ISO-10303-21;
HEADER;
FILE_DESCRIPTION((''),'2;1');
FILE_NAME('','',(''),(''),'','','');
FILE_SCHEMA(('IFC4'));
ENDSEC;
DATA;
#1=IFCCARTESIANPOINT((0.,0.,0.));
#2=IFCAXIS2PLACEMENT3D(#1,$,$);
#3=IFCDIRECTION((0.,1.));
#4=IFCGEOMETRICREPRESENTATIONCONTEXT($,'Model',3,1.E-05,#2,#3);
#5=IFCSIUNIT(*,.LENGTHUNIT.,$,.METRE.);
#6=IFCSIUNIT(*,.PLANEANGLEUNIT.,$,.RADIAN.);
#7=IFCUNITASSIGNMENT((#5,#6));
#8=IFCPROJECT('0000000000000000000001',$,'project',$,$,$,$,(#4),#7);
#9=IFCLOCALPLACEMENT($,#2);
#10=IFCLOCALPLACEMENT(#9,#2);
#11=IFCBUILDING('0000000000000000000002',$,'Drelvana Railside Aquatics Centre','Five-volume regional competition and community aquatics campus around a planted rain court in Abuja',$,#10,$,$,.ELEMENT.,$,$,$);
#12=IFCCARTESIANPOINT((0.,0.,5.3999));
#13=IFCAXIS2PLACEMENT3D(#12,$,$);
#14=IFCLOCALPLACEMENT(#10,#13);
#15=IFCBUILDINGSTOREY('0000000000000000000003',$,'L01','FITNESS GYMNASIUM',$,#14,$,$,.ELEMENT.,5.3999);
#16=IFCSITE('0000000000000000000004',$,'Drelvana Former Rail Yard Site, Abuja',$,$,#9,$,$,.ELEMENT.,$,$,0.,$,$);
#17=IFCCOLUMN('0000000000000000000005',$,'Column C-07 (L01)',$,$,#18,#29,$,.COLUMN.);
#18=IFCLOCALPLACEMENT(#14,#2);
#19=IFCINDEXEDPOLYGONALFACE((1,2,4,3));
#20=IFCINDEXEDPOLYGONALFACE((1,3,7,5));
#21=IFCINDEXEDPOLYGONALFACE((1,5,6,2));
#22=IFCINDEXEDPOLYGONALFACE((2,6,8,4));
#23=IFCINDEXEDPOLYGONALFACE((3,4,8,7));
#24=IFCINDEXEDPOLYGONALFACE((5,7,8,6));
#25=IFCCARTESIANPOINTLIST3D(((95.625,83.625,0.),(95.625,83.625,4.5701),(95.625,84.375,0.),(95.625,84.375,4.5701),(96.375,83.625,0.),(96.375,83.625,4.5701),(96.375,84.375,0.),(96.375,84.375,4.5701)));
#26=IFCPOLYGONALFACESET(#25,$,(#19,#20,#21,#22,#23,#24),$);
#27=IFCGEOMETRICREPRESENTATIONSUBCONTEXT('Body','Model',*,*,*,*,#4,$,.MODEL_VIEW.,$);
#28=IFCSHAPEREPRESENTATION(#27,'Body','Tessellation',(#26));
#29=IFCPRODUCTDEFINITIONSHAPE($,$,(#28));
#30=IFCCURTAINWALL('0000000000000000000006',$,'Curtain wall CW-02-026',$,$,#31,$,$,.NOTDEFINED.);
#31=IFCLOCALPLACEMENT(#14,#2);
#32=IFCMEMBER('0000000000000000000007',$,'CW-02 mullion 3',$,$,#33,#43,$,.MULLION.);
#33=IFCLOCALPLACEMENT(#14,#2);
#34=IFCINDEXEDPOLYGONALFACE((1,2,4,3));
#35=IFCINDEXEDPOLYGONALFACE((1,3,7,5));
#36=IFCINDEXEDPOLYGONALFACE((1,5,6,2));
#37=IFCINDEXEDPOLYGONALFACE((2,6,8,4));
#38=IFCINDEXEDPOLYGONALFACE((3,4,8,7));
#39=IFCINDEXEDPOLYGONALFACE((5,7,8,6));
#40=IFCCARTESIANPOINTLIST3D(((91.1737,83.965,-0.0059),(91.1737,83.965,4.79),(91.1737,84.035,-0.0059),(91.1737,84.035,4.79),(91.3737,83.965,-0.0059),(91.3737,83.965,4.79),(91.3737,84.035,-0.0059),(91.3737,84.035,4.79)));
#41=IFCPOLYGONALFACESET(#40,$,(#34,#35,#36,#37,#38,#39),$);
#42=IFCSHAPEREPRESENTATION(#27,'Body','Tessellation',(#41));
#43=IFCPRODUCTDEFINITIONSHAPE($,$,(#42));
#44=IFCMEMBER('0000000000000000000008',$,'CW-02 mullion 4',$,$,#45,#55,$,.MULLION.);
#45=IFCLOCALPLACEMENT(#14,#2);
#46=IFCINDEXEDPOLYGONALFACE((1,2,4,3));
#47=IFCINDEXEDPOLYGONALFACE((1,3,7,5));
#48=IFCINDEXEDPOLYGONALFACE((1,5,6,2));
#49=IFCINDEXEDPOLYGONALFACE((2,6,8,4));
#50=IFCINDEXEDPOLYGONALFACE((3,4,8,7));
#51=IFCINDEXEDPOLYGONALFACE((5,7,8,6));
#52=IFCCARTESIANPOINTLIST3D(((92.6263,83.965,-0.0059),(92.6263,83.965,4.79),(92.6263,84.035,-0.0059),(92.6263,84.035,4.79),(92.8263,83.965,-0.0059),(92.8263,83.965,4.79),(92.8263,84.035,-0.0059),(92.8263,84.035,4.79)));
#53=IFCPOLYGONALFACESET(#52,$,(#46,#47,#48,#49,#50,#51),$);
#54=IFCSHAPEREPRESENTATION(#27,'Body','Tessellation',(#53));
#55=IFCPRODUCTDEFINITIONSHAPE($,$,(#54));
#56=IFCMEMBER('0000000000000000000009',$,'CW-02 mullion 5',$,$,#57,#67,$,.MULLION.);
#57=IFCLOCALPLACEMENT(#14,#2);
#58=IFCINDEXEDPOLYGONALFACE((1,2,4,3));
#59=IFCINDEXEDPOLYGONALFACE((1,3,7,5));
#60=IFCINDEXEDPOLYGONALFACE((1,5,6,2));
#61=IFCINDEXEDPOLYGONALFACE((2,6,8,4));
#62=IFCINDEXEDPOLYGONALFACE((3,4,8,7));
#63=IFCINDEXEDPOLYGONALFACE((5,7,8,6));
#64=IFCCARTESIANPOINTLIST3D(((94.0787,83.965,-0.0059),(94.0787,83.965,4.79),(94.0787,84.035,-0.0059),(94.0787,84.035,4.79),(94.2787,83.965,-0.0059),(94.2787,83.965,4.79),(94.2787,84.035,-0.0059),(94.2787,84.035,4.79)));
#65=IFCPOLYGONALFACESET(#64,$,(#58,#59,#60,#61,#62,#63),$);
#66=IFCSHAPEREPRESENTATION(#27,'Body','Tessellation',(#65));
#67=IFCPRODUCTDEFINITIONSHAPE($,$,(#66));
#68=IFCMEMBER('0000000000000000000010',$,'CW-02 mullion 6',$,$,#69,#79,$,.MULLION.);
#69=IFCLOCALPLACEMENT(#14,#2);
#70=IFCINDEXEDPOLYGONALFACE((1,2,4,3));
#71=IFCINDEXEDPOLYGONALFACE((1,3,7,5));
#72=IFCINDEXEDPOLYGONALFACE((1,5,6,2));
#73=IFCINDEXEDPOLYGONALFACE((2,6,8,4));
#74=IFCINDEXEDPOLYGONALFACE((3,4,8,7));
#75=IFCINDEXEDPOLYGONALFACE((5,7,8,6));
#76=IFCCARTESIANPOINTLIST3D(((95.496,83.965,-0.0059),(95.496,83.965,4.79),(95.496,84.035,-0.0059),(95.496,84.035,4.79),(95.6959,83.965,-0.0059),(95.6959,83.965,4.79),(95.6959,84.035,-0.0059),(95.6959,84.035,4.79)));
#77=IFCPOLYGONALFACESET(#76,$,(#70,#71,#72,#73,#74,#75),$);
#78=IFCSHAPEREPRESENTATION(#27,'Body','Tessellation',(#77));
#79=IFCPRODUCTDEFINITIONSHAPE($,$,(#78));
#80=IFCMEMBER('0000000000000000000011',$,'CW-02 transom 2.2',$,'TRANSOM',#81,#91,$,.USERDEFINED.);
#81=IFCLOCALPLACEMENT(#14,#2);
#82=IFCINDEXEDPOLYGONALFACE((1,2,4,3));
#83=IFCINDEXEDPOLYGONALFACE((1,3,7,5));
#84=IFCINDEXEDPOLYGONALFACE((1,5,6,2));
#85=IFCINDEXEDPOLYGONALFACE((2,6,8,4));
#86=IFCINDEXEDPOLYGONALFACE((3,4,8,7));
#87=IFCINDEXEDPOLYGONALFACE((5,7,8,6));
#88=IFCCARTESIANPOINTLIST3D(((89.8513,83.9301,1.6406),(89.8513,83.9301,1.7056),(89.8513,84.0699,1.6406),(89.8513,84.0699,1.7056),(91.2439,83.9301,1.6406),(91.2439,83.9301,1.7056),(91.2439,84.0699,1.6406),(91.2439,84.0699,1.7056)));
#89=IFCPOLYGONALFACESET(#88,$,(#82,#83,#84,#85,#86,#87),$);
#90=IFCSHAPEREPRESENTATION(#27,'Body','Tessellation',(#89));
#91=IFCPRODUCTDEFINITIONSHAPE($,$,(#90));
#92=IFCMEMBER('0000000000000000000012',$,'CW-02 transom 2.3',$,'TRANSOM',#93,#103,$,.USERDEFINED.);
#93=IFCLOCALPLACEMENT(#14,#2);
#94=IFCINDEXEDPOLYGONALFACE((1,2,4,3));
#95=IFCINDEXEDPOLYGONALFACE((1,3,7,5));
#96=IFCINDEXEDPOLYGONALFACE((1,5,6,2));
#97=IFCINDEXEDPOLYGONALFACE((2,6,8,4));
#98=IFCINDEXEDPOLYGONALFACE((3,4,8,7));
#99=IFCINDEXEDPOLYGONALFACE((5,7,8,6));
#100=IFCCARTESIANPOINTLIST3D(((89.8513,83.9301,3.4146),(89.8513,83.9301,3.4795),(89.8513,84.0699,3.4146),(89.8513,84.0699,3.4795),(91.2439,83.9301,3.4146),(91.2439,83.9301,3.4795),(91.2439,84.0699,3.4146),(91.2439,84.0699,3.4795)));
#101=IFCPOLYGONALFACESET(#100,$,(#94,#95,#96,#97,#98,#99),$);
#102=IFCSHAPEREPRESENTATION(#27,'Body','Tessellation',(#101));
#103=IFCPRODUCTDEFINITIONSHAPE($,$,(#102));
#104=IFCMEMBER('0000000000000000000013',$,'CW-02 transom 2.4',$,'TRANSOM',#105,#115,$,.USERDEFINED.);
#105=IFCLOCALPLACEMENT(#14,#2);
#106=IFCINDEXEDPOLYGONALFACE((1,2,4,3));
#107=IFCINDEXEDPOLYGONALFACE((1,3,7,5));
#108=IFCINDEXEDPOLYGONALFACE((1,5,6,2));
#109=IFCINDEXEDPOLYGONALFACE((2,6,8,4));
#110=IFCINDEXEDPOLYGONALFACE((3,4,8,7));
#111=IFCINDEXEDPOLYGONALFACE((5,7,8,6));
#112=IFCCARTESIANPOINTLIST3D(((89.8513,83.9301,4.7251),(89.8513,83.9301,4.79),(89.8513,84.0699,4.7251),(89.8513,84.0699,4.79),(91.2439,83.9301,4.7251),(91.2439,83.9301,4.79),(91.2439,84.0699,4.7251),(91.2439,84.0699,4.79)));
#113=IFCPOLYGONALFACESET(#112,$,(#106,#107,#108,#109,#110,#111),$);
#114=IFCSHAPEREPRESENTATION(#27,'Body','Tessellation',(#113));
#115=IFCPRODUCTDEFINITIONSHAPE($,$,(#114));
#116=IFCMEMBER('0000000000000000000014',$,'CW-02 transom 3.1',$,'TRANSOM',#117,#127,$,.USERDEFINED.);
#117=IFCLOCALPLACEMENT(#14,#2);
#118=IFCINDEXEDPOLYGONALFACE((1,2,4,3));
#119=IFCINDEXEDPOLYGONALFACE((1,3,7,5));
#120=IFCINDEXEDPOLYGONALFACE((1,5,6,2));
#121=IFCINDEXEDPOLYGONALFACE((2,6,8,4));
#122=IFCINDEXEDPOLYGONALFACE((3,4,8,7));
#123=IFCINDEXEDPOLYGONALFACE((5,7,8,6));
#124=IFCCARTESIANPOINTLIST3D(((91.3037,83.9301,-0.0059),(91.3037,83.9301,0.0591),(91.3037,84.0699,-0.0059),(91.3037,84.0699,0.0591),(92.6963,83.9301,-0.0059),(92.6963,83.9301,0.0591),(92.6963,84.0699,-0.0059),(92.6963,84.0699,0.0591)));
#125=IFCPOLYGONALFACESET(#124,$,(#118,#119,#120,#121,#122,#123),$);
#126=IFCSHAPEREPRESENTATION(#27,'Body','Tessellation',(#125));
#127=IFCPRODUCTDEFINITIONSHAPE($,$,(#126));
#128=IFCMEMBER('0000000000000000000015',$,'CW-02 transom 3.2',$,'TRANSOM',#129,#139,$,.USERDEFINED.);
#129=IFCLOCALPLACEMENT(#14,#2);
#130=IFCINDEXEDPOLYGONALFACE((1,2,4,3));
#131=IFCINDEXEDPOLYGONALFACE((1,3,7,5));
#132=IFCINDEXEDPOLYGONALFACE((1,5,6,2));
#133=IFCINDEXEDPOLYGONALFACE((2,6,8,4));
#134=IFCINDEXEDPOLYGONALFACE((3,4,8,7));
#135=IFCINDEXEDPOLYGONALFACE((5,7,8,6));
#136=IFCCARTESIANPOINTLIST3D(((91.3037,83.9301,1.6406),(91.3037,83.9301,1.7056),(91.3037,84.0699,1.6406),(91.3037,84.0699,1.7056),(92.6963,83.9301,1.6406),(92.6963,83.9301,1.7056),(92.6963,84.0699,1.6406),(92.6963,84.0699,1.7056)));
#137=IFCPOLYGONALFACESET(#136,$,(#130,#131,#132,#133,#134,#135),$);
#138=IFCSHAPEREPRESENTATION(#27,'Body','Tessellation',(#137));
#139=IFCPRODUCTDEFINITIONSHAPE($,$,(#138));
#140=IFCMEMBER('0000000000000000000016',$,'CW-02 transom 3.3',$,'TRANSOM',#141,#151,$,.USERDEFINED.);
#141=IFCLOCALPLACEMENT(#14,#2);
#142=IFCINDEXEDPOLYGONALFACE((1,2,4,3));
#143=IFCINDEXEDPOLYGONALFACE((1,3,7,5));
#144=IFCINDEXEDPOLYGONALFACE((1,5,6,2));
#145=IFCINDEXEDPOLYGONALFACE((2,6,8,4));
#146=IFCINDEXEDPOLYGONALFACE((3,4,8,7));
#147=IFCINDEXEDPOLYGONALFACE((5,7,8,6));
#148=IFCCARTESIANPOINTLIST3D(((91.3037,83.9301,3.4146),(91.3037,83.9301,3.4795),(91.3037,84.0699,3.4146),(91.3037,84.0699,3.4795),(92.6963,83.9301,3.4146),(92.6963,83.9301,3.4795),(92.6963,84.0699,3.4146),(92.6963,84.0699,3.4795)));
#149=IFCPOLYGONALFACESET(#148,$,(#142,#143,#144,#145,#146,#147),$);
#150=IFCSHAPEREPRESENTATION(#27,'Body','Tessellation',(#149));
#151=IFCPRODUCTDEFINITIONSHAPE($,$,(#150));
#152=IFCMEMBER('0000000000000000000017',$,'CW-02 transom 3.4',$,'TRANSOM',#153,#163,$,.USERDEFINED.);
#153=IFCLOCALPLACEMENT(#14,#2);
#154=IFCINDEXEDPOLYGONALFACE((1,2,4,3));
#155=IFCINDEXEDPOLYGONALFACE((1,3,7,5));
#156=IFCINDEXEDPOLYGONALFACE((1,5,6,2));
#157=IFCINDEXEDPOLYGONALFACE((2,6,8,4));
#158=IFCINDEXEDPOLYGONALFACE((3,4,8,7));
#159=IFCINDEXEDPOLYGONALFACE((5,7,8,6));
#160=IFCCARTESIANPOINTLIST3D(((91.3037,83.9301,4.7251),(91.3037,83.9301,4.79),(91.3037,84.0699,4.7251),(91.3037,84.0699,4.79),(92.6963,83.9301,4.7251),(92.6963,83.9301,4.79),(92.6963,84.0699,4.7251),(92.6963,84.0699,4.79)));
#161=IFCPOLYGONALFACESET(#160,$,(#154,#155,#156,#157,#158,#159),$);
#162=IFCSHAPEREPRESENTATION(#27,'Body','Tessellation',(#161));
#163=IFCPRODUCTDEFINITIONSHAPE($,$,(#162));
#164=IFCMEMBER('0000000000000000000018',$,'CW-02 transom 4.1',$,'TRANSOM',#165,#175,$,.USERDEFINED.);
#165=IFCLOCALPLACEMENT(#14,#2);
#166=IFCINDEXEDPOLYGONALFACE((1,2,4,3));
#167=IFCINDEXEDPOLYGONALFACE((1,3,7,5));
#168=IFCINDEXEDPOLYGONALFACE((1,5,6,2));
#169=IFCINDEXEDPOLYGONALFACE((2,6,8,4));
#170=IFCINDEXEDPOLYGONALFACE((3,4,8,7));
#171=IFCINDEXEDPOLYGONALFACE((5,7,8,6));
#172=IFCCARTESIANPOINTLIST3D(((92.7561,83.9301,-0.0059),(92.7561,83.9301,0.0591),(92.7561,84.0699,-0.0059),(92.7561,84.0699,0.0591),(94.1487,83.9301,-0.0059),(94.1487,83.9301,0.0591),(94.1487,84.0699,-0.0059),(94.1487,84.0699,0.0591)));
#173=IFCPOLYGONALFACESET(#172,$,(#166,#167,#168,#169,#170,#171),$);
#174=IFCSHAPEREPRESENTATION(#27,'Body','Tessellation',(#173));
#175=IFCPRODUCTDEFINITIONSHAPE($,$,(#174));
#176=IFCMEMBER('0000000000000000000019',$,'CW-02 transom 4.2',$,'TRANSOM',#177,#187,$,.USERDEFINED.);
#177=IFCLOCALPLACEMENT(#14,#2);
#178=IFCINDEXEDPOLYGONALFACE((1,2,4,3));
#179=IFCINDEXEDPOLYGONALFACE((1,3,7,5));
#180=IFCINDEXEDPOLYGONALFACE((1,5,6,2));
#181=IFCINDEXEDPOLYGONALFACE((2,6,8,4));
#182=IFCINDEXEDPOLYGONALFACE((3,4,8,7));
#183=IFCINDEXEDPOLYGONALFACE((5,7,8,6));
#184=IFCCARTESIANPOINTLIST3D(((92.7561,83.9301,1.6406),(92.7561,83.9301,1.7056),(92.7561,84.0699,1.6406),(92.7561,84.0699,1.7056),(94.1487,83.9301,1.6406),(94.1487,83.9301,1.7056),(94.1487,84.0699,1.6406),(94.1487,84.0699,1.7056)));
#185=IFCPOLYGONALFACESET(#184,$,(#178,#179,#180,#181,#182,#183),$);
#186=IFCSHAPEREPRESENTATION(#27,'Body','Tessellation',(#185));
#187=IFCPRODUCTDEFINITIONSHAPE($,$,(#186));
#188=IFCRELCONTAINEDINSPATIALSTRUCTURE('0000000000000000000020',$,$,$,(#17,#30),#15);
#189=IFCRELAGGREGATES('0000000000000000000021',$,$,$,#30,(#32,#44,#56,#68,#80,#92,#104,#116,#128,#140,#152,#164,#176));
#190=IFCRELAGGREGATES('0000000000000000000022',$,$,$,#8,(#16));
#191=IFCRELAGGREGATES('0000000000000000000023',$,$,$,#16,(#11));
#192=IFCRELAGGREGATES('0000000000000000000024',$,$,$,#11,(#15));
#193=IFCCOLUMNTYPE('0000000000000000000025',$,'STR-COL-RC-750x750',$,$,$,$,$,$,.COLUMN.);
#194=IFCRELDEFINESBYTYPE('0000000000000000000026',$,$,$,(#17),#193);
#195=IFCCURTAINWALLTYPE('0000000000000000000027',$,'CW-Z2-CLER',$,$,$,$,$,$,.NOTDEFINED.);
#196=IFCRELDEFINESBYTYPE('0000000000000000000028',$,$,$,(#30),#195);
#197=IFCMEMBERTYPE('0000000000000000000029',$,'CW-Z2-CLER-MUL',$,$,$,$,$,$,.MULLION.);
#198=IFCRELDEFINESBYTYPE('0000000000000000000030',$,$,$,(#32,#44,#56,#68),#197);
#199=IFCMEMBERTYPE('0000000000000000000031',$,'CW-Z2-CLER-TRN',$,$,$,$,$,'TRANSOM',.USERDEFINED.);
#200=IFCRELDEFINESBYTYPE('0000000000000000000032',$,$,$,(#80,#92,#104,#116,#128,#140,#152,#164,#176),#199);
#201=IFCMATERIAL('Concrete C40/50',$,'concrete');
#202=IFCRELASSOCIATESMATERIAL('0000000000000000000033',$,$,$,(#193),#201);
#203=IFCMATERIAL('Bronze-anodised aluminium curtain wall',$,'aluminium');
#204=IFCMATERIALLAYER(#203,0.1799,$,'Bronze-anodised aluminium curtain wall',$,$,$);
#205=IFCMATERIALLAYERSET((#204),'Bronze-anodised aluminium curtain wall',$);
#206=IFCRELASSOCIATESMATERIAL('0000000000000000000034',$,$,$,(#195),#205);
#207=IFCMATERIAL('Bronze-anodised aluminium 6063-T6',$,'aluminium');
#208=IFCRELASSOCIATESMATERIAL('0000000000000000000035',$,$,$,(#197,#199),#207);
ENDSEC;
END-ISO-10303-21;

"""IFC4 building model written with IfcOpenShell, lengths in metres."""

from ifc_helpers import new_model, si_unit, direction, frame, origin, origin_2d, place, context, subcontext, project, spatial, rectangle, extrude, material, layer, layer_set, material_profile, profile_set, type_object, element, aggregate, save


model = new_model("IFC4")

# Units and contexts
model_context = context("Model", 3, precision=1e-05, world=origin(), true_north=direction((0.0, 1.0)))
body_context = subcontext(model_context, "Body", "Model", "MODEL_VIEW")
ifc_project = project(units=[si_unit("LENGTHUNIT", "METRE"), si_unit("PLANEANGLEUNIT", "RADIAN")], contexts=[model_context])

# Site, building, storey
site_placement = place(None, origin())
site = spatial("IfcSite", under=ifc_project, at=site_placement, Name="Drelvana Former Rail Yard Site, Abuja", CompositionType="ELEMENT", RefElevation=0.0)
building_placement = place(site_placement, origin())
building = spatial("IfcBuilding", under=site, at=building_placement, Name="Drelvana Railside Aquatics Centre", Description="Five-volume regional competition and community aquatics campus around a planted rain court in Abuja", CompositionType="ELEMENT")
storey_placement = place(building_placement, frame((0.0, 0.0, 5.3999)))
storey = spatial("IfcBuildingStorey", under=building, at=storey_placement, Name="L01", Description="FITNESS GYMNASIUM", CompositionType="ELEMENT", Elevation=5.3999)

# Column
ifc_material_1 = material(Name="Concrete C40/50", Category="concrete")
ifc_material_profile_1 = material_profile(ifc_material_1, rectangle(XDim=0.75, YDim=0.75, at=origin_2d()), Name="RC 750x750")
ifc_profile_set_1 = profile_set([ifc_material_profile_1], Name="Concrete C40/50")
column_type = type_object("IfcColumnType", Name="STR-COL-RC-750x750", PredefinedType="COLUMN", material=ifc_profile_set_1)
column_placement = place(storey_placement, frame((96.0, 84.0, 0.0), z_axis=(0.0, 0.0, 1.0), x_axis=(1.0, 0.0, 0.0)))
element("IfcColumn", 1, at=column_placement, inside=storey, type_object=column_type, Name="Column C-07 (L01)", PredefinedType="COLUMN", context=body_context, shape_type="SweptSolid", body=[
    extrude(rectangle(XDim=0.75, YDim=0.75, at=origin_2d()), origin(), (0.0, 0.0, 1.0), 4.5701),
])

# Curtain wall, members
ifc_material_2 = material(Name="Bronze-anodised aluminium curtain wall", Category="aluminium")
ifc_layer_1 = layer(ifc_material_2, 0.1799, Name="Bronze-anodised aluminium curtain wall")
ifc_layer_set_1 = layer_set([ifc_layer_1], Name="Bronze-anodised aluminium curtain wall")
curtain_wall_type = type_object("IfcCurtainWallType", Name="CW-Z2-CLER", PredefinedType="NOTDEFINED", material=ifc_layer_set_1)
curtain_wall_placement = place(storey_placement, origin())
curtain_wall = element("IfcCurtainWall", 2, at=curtain_wall_placement, inside=storey, type_object=curtain_wall_type, Name="Curtain wall CW-02-026", PredefinedType="NOTDEFINED")
ifc_material_3 = material(Name="Bronze-anodised aluminium 6063-T6", Category="aluminium")
ifc_material_profile_2 = material_profile(ifc_material_3, rectangle(XDim=0.0701, YDim=0.2, at=origin_2d()), Name="ALU-M 70x200")
ifc_profile_set_2 = profile_set([ifc_material_profile_2], Name="Bronze-anodised aluminium 6063-T6")
member_type_1 = type_object("IfcMemberType", Name="CW-Z2-CLER-MUL", PredefinedType="MULLION", material=ifc_profile_set_2)
member_1_placement = place(storey_placement, frame((91.2737, 84.0, -0.0059), z_axis=(0.0, 0.0, 1.0), x_axis=(0.0, 1.0, 0.0)))
member_1 = element("IfcMember", 3, at=member_1_placement, type_object=member_type_1, Name="CW-02 mullion 3", PredefinedType="MULLION", context=body_context, shape_type="SweptSolid", body=[
    extrude(rectangle(XDim=0.0701, YDim=0.2, at=origin_2d()), origin(), (0.0, 0.0, 1.0), 4.7959),
])
member_2_placement = place(storey_placement, frame((92.7263, 84.0, -0.0059), z_axis=(0.0, 0.0, 1.0), x_axis=(0.0, 1.0, 0.0)))
member_2 = element("IfcMember", 4, at=member_2_placement, type_object=member_type_1, Name="CW-02 mullion 4", PredefinedType="MULLION", context=body_context, shape_type="SweptSolid", body=[
    extrude(rectangle(XDim=0.0701, YDim=0.2, at=origin_2d()), origin(), (0.0, 0.0, 1.0), 4.7959),
])
member_3_placement = place(storey_placement, frame((94.1787, 84.0, -0.0059), z_axis=(0.0, 0.0, 1.0), x_axis=(0.0, 1.0, 0.0)))
member_3 = element("IfcMember", 5, at=member_3_placement, type_object=member_type_1, Name="CW-02 mullion 5", PredefinedType="MULLION", context=body_context, shape_type="SweptSolid", body=[
    extrude(rectangle(XDim=0.0701, YDim=0.2, at=origin_2d()), origin(), (0.0, 0.0, 1.0), 4.7959),
])
member_4_placement = place(storey_placement, frame((95.5959, 84.0, -0.0059), z_axis=(0.0, 0.0, 1.0), x_axis=(0.0, 1.0, 0.0)))
member_4 = element("IfcMember", 6, at=member_4_placement, type_object=member_type_1, Name="CW-02 mullion 6", PredefinedType="MULLION", context=body_context, shape_type="SweptSolid", body=[
    extrude(rectangle(XDim=0.0701, YDim=0.2, at=origin_2d()), origin(), (0.0, 0.0, 1.0), 4.7959),
])
ifc_material_profile_3 = material_profile(ifc_material_3, rectangle(XDim=0.1399, YDim=0.0649, at=origin_2d()), Name="ALU-T 65x140")
ifc_profile_set_3 = profile_set([ifc_material_profile_3], Name="Bronze-anodised aluminium 6063-T6")
member_type_2 = type_object("IfcMemberType", Name="CW-Z2-CLER-TRN", ElementType="TRANSOM", PredefinedType="USERDEFINED", material=ifc_profile_set_3)
member_5_placement = place(storey_placement, frame((89.8513, 84.0, 1.6731), z_axis=(1.0, 0.0, 0.0), x_axis=(0.0, 1.0, 0.0)))
member_5 = element("IfcMember", 7, at=member_5_placement, type_object=member_type_2, Name="CW-02 transom 2.2", ObjectType="TRANSOM", PredefinedType="USERDEFINED", context=body_context, shape_type="SweptSolid", body=[
    extrude(rectangle(XDim=0.1399, YDim=0.0649, at=origin_2d()), origin(), (0.0, 0.0, 1.0), 1.3926),
])
member_6_placement = place(storey_placement, frame((89.8513, 84.0, 3.447), z_axis=(1.0, 0.0, 0.0), x_axis=(0.0, 1.0, 0.0)))
member_6 = element("IfcMember", 8, at=member_6_placement, type_object=member_type_2, Name="CW-02 transom 2.3", ObjectType="TRANSOM", PredefinedType="USERDEFINED", context=body_context, shape_type="SweptSolid", body=[
    extrude(rectangle(XDim=0.1399, YDim=0.0649, at=origin_2d()), origin(), (0.0, 0.0, 1.0), 1.3926),
])
member_7_placement = place(storey_placement, frame((89.8513, 84.0, 4.7576), z_axis=(1.0, 0.0, 0.0), x_axis=(0.0, 1.0, 0.0)))
member_7 = element("IfcMember", 9, at=member_7_placement, type_object=member_type_2, Name="CW-02 transom 2.4", ObjectType="TRANSOM", PredefinedType="USERDEFINED", context=body_context, shape_type="SweptSolid", body=[
    extrude(rectangle(XDim=0.1399, YDim=0.0649, at=origin_2d()), origin(), (0.0, 0.0, 1.0), 1.3926),
])
member_8_placement = place(storey_placement, frame((91.3037, 84.0, 0.0266), z_axis=(1.0, 0.0, 0.0), x_axis=(0.0, 1.0, 0.0)))
member_8 = element("IfcMember", 10, at=member_8_placement, type_object=member_type_2, Name="CW-02 transom 3.1", ObjectType="TRANSOM", PredefinedType="USERDEFINED", context=body_context, shape_type="SweptSolid", body=[
    extrude(rectangle(XDim=0.1399, YDim=0.0649, at=origin_2d()), origin(), (0.0, 0.0, 1.0), 1.3926),
])
member_9_placement = place(storey_placement, frame((91.3037, 84.0, 1.6731), z_axis=(1.0, 0.0, 0.0), x_axis=(0.0, 1.0, 0.0)))
member_9 = element("IfcMember", 11, at=member_9_placement, type_object=member_type_2, Name="CW-02 transom 3.2", ObjectType="TRANSOM", PredefinedType="USERDEFINED", context=body_context, shape_type="SweptSolid", body=[
    extrude(rectangle(XDim=0.1399, YDim=0.0649, at=origin_2d()), origin(), (0.0, 0.0, 1.0), 1.3926),
])
member_10_placement = place(storey_placement, frame((91.3037, 84.0, 3.447), z_axis=(1.0, 0.0, 0.0), x_axis=(0.0, 1.0, 0.0)))
member_10 = element("IfcMember", 12, at=member_10_placement, type_object=member_type_2, Name="CW-02 transom 3.3", ObjectType="TRANSOM", PredefinedType="USERDEFINED", context=body_context, shape_type="SweptSolid", body=[
    extrude(rectangle(XDim=0.1399, YDim=0.0649, at=origin_2d()), origin(), (0.0, 0.0, 1.0), 1.3926),
])
member_11_placement = place(storey_placement, frame((91.3037, 84.0, 4.7576), z_axis=(1.0, 0.0, 0.0), x_axis=(0.0, 1.0, 0.0)))
member_11 = element("IfcMember", 13, at=member_11_placement, type_object=member_type_2, Name="CW-02 transom 3.4", ObjectType="TRANSOM", PredefinedType="USERDEFINED", context=body_context, shape_type="SweptSolid", body=[
    extrude(rectangle(XDim=0.1399, YDim=0.0649, at=origin_2d()), origin(), (0.0, 0.0, 1.0), 1.3926),
])
member_12_placement = place(storey_placement, frame((92.7561, 84.0, 0.0266), z_axis=(1.0, 0.0, 0.0), x_axis=(0.0, 1.0, 0.0)))
member_12 = element("IfcMember", 14, at=member_12_placement, type_object=member_type_2, Name="CW-02 transom 4.1", ObjectType="TRANSOM", PredefinedType="USERDEFINED", context=body_context, shape_type="SweptSolid", body=[
    extrude(rectangle(XDim=0.1399, YDim=0.0649, at=origin_2d()), origin(), (0.0, 0.0, 1.0), 1.3926),
])
member_13_placement = place(storey_placement, frame((92.7561, 84.0, 1.6731), z_axis=(1.0, 0.0, 0.0), x_axis=(0.0, 1.0, 0.0)))
member_13 = element("IfcMember", 15, at=member_13_placement, type_object=member_type_2, Name="CW-02 transom 4.2", ObjectType="TRANSOM", PredefinedType="USERDEFINED", context=body_context, shape_type="SweptSolid", body=[
    extrude(rectangle(XDim=0.1399, YDim=0.0649, at=origin_2d()), origin(), (0.0, 0.0, 1.0), 1.3926),
])
aggregate(curtain_wall, [member_1, member_2, member_3, member_4, member_5, member_6, member_7, member_8, member_9, member_10, member_11, member_12, member_13])

save(model, "model.ifc")
